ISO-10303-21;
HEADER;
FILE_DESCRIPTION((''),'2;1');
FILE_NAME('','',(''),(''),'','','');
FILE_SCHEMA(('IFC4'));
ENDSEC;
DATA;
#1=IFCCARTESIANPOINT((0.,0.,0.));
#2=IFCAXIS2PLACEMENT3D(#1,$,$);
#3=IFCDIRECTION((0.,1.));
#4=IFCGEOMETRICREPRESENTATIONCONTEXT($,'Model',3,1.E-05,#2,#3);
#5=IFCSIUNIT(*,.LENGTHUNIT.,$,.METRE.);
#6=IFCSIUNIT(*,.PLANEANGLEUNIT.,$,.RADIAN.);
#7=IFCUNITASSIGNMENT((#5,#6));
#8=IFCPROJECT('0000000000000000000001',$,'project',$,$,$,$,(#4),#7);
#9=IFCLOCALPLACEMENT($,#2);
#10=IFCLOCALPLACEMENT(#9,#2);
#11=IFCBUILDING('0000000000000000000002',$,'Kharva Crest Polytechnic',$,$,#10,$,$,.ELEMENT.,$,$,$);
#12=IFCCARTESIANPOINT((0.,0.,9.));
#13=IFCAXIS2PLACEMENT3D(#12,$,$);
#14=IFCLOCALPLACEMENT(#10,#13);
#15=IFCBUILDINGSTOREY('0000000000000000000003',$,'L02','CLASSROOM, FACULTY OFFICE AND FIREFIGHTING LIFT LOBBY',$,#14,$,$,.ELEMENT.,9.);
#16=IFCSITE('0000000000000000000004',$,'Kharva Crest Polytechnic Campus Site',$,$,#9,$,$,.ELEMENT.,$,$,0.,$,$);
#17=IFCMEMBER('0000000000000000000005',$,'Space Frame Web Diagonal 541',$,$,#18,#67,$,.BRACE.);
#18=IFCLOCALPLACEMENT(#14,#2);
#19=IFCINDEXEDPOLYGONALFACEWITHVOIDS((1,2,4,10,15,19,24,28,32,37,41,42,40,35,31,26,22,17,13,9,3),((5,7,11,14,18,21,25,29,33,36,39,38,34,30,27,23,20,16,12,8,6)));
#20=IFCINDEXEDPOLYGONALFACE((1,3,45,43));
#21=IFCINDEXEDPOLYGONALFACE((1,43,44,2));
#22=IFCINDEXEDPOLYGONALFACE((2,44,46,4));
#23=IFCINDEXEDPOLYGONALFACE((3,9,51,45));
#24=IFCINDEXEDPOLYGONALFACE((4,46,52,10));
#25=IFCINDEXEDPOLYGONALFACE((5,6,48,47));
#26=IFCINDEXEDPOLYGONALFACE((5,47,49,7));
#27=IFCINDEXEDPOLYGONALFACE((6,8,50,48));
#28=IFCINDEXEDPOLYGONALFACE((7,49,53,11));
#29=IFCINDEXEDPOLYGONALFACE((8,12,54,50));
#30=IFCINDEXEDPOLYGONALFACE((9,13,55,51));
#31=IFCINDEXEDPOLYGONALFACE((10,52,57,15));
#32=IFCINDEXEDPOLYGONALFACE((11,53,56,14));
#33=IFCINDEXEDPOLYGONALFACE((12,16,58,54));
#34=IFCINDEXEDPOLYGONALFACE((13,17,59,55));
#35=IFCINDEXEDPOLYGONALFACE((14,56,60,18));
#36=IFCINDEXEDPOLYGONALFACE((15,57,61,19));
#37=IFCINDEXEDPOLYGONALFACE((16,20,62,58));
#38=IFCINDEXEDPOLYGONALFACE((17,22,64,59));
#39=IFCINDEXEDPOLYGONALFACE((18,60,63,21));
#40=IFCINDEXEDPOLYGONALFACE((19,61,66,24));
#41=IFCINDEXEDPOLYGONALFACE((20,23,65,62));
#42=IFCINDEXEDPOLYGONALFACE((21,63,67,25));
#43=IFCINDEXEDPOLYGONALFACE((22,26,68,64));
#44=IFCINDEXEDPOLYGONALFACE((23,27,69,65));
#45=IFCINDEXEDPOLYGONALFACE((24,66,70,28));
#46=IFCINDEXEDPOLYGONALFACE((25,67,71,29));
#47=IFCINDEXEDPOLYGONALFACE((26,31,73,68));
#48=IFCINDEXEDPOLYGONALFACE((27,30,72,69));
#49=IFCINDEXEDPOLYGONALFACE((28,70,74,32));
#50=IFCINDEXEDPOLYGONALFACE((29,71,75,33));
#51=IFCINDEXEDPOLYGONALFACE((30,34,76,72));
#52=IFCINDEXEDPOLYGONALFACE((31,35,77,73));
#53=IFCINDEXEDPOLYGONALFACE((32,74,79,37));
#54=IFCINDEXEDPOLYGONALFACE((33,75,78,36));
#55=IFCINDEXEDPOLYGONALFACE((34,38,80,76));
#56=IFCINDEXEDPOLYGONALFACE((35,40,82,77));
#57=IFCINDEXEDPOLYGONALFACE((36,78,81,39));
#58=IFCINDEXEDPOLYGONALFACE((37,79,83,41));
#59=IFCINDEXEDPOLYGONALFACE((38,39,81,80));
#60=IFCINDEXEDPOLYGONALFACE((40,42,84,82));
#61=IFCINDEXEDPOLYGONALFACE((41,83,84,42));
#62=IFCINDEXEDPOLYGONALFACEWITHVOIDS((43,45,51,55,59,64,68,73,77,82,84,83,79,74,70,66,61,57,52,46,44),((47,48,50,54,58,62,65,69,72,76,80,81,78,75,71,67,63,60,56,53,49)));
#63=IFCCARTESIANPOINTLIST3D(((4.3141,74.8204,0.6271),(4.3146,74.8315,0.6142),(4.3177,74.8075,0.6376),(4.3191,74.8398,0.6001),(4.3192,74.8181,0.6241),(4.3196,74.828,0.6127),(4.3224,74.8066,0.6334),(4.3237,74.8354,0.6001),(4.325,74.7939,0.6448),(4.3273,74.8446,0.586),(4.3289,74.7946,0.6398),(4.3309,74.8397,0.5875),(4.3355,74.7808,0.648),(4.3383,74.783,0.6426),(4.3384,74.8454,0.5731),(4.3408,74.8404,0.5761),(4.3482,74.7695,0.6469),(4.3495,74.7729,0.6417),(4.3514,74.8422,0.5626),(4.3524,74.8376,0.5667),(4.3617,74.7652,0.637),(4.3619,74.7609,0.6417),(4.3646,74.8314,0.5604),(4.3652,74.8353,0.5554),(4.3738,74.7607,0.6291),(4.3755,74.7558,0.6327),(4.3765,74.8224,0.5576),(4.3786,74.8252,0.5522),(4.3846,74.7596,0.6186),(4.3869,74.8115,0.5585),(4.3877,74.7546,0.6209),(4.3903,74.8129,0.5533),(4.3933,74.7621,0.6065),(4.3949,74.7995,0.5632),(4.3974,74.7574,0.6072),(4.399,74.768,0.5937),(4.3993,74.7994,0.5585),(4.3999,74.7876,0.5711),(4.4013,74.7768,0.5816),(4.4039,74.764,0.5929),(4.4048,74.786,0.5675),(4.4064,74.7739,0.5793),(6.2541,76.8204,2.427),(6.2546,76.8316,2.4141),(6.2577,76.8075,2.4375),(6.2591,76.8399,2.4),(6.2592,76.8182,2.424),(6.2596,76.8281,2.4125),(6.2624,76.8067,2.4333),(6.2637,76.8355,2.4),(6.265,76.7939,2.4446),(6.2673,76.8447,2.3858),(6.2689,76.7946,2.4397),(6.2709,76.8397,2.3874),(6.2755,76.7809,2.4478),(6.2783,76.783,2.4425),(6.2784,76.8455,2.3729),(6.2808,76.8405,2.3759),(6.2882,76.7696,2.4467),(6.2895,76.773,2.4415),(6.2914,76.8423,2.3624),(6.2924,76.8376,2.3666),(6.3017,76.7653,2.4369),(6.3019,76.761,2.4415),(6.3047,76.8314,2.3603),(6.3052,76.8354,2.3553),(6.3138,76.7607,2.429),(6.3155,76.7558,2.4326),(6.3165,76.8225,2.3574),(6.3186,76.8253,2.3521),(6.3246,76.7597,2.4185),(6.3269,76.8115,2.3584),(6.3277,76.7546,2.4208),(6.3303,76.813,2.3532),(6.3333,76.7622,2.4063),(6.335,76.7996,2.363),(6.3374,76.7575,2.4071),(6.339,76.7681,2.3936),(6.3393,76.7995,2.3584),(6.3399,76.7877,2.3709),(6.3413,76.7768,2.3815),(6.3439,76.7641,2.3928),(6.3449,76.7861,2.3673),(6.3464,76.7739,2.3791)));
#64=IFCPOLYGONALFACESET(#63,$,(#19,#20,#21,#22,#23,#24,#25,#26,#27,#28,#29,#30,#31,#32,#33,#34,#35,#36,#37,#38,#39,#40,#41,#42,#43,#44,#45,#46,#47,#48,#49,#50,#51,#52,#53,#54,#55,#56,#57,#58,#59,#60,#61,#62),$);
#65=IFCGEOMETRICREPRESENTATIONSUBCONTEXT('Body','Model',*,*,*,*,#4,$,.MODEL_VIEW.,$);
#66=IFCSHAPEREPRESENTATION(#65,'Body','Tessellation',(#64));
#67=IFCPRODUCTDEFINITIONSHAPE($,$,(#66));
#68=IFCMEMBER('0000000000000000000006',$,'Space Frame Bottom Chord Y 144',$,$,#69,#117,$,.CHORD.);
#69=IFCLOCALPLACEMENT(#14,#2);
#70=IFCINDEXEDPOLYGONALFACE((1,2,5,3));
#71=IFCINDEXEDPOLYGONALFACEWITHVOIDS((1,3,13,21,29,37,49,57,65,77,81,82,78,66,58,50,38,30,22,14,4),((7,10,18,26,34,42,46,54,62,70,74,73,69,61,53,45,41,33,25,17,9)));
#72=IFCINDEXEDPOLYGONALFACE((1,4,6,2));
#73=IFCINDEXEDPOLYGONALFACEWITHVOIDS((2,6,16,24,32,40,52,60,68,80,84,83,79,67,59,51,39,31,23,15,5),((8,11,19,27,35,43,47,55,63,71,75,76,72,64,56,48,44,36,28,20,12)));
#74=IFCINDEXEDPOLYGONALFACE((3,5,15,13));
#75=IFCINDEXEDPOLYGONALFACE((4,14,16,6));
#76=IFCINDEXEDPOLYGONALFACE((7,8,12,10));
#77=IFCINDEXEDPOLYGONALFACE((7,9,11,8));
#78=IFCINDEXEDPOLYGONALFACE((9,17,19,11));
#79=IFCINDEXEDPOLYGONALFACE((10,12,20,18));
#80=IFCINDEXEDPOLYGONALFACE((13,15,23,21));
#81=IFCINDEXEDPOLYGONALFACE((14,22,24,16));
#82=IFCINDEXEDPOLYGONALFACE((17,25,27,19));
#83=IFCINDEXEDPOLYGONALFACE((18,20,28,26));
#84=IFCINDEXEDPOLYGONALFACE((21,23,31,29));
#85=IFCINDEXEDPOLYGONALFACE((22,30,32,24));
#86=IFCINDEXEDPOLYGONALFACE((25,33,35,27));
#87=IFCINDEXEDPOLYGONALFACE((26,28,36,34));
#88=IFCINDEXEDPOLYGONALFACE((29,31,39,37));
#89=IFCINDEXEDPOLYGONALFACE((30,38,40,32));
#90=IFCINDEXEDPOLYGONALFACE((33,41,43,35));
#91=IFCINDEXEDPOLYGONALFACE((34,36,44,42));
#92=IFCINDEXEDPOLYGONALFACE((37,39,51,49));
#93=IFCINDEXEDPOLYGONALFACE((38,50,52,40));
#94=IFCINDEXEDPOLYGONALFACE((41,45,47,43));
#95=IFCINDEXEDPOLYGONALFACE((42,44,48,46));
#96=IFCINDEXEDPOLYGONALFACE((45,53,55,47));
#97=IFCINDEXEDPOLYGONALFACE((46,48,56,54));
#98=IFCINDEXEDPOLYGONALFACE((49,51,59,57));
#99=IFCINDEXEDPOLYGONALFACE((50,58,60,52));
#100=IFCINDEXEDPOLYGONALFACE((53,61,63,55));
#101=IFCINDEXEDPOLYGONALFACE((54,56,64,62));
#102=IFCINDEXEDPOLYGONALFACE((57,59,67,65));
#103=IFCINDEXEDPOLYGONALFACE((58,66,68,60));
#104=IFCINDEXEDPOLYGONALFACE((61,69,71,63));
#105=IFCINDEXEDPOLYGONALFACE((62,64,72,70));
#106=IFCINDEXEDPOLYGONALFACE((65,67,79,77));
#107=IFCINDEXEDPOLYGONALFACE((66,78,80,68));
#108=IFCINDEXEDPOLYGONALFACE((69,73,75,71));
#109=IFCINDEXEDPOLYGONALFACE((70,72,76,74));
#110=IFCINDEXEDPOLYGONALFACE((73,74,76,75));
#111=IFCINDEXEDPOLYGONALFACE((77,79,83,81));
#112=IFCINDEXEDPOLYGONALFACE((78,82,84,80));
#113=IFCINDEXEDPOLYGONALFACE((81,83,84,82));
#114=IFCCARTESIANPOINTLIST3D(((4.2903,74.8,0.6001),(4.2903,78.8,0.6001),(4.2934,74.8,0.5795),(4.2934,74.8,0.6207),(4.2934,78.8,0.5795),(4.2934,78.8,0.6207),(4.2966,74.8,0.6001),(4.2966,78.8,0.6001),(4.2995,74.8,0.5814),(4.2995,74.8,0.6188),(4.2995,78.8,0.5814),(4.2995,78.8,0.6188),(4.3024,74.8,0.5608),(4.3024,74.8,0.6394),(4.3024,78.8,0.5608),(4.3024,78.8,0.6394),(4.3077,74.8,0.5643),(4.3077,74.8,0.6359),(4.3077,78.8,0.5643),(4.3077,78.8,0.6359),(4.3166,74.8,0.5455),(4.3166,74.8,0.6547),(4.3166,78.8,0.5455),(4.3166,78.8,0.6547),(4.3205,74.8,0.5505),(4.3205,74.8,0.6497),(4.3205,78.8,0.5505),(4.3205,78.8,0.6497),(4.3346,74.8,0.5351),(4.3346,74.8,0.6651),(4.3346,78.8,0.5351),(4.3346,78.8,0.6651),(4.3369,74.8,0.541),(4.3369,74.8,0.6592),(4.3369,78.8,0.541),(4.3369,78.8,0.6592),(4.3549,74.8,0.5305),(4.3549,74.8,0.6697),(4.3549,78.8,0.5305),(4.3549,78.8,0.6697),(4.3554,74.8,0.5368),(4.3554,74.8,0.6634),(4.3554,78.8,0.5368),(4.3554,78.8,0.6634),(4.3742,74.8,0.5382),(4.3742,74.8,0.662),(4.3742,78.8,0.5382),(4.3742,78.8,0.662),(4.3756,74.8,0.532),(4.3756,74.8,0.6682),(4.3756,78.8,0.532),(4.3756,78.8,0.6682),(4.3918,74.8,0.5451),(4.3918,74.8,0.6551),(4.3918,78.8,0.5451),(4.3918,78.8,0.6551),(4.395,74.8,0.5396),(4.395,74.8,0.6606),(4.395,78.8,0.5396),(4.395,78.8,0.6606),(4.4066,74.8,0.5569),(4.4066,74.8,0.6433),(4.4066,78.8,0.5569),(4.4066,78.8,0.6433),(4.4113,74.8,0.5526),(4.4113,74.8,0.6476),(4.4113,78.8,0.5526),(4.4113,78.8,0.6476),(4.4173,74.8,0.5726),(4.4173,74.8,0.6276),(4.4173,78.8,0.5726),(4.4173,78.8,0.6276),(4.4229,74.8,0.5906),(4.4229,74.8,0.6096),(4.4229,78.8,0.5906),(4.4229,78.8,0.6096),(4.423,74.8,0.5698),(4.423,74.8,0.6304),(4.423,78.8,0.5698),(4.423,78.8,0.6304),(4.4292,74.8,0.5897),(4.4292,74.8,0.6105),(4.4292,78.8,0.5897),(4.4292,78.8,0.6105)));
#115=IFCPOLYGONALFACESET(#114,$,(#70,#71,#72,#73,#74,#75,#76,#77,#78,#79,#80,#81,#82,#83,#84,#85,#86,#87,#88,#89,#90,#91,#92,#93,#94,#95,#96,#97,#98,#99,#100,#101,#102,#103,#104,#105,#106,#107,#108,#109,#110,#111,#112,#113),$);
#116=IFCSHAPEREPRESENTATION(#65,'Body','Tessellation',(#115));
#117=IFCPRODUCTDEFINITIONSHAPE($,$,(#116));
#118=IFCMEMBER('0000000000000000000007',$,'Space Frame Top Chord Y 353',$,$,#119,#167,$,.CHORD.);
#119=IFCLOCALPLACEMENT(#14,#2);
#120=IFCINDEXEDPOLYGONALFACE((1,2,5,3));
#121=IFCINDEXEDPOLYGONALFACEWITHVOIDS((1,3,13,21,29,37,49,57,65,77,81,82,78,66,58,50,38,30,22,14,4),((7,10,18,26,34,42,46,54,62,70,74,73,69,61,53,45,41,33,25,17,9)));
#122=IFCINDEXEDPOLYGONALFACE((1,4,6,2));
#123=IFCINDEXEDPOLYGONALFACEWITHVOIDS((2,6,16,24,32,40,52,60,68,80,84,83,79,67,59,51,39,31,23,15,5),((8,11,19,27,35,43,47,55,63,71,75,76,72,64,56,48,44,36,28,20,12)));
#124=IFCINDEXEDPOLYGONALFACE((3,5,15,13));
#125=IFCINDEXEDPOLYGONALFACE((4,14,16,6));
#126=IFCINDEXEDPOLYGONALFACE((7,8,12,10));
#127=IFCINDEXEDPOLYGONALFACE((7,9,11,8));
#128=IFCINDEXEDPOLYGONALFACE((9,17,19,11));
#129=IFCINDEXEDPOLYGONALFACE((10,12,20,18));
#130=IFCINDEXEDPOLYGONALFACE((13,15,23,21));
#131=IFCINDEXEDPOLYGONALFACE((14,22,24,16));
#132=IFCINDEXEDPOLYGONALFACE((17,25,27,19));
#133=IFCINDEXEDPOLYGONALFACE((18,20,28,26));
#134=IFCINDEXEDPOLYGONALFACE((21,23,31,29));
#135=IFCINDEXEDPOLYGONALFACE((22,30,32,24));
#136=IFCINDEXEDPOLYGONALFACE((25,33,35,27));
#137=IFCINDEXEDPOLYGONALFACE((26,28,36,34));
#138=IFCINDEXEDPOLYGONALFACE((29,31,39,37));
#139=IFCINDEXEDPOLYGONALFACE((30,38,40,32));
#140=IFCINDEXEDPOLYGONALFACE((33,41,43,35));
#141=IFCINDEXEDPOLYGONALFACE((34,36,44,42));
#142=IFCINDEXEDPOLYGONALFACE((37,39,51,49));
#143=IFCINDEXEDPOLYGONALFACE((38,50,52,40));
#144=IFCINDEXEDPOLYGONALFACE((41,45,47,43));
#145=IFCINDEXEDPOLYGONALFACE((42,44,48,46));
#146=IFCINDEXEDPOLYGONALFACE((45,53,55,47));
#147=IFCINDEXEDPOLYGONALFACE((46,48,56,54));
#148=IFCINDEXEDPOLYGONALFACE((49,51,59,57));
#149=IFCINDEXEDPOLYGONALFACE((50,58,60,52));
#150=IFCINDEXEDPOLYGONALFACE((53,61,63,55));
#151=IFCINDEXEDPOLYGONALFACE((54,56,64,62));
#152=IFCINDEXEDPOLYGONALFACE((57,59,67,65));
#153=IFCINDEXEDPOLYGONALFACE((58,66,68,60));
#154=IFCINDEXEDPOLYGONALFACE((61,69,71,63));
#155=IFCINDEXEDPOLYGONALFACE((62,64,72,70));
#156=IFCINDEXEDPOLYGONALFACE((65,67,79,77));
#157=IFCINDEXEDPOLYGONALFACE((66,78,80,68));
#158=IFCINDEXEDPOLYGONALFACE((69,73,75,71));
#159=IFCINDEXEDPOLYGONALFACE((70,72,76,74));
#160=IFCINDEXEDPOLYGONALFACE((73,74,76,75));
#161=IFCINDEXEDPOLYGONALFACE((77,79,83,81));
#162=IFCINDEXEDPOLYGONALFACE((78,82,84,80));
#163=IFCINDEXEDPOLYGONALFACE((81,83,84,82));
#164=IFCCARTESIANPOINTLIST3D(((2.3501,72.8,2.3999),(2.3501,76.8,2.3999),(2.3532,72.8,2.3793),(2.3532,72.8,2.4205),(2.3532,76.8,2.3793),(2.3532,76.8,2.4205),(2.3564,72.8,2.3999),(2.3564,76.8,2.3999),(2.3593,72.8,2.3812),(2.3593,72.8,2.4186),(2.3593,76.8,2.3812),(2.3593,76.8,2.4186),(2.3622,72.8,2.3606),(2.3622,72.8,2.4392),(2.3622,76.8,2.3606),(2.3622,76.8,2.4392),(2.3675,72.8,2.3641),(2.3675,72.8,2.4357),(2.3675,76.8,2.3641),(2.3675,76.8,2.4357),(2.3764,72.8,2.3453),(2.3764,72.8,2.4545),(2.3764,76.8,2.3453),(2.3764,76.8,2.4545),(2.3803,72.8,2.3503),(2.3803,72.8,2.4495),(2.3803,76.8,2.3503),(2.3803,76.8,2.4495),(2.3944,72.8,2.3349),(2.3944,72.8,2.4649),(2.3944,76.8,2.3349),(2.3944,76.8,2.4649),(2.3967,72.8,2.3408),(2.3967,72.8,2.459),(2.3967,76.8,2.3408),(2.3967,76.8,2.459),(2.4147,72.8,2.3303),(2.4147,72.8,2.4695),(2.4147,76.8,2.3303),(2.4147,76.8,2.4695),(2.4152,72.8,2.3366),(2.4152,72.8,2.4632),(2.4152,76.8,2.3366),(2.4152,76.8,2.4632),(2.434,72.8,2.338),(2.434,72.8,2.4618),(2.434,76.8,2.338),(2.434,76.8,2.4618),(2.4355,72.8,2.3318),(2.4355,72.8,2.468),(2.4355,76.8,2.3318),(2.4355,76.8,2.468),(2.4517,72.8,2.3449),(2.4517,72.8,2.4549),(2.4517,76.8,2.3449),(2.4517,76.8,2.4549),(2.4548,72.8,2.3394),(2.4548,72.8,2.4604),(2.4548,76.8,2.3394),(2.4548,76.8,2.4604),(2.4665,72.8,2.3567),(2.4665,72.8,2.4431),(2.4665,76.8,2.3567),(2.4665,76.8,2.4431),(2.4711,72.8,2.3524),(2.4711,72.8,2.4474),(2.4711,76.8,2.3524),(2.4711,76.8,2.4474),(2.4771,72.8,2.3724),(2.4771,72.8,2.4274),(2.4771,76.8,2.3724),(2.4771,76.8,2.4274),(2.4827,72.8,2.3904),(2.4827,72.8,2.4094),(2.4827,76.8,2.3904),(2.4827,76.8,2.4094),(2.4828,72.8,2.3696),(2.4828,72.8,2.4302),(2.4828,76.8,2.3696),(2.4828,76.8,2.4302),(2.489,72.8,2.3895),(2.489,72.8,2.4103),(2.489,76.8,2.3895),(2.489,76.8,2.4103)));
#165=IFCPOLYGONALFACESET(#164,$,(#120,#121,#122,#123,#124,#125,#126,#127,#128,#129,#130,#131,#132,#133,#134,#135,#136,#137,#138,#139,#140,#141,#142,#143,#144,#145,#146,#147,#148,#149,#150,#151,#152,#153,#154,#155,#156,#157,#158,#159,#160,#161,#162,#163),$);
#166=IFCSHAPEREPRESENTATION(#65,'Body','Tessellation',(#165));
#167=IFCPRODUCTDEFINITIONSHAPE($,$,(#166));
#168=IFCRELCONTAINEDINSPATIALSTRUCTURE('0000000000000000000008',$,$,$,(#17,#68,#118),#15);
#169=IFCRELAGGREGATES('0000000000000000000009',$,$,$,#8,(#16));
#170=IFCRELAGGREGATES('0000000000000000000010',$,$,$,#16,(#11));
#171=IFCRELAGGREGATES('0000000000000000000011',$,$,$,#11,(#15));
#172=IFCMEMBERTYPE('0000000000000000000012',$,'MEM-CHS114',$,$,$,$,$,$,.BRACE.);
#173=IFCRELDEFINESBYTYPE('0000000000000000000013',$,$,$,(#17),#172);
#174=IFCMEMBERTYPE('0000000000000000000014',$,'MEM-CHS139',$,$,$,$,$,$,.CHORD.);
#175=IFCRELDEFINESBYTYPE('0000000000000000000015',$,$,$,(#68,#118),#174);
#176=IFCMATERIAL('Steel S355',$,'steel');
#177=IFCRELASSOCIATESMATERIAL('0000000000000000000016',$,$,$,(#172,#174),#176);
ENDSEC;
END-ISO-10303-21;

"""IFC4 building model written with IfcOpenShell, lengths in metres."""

from ifc_helpers import new_model, si_unit, direction, frame, origin, origin_2d, place, context, subcontext, project, spatial, hollow_circle, extrude, material, material_profile, profile_set, type_object, element, save


model = new_model("IFC4")

# Units and contexts
model_context = context("Model", 3, precision=1e-05, world=origin(), true_north=direction((0.0, 1.0)))
body_context = subcontext(model_context, "Body", "Model", "MODEL_VIEW")
ifc_project = project(units=[si_unit("LENGTHUNIT", "METRE"), si_unit("PLANEANGLEUNIT", "RADIAN")], contexts=[model_context])

# Site, building, storey
site_placement = place(None, origin())
site = spatial("IfcSite", under=ifc_project, at=site_placement, Name="Kharva Crest Polytechnic Campus Site", CompositionType="ELEMENT", RefElevation=0.0)
building_placement = place(site_placement, origin())
building = spatial("IfcBuilding", under=site, at=building_placement, Name="Kharva Crest Polytechnic", CompositionType="ELEMENT")
storey_placement = place(building_placement, frame((0.0, 0.0, 9.0)))
storey = spatial("IfcBuildingStorey", under=building, at=storey_placement, Name="L02", Description="CLASSROOM, FACULTY OFFICE AND FIREFIGHTING LIFT LOBBY", CompositionType="ELEMENT", Elevation=9.0)

# Shared definitions
ifc_material_1 = material(Name="Steel S355", Category="steel")

# Members
ifc_material_profile_1 = material_profile(ifc_material_1, hollow_circle(Radius=0.0571, WallThickness=0.0063, at=origin_2d()), Name="CHS 114.3X6.3")
ifc_profile_set_1 = profile_set([ifc_material_profile_1], Name="Steel S355")
member_type_1 = type_object("IfcMemberType", Name="MEM-CHS114", PredefinedType="BRACE", material=ifc_profile_set_1)
for number, where, z_axis, x_axis, name in (
    (1, (4.3601, 74.8, 0.6001), (0.584843, 0.60295, 0.542596), (-0.717802, 0.696247, 0.0), "Space Frame Web Diagonal 541"),
):
    element("IfcMember", number, at=place(storey_placement, frame(where, z_axis=z_axis, x_axis=x_axis)), inside=storey, type_object=member_type_1, Name=name, PredefinedType="BRACE", context=body_context, shape_type="SweptSolid", body=[
        extrude(hollow_circle(Radius=0.0571, WallThickness=0.0063, at=origin_2d()), origin(), (0.0, 0.0, 1.0), 3.3171),
    ])
ifc_material_profile_2 = material_profile(ifc_material_1, hollow_circle(Radius=0.0698, WallThickness=0.0063, at=origin_2d()), Name="CHS 139.7X6.3")
ifc_profile_set_2 = profile_set([ifc_material_profile_2], Name="Steel S355")
member_type_2 = type_object("IfcMemberType", Name="MEM-CHS139", PredefinedType="CHORD", material=ifc_profile_set_2)
for number, where, z_axis, x_axis, name in (
    (2, (4.3601, 74.8, 0.6001), (0.0, 1.0, 0.0), (-1.0, 0.0, 0.0), "Space Frame Bottom Chord Y 144"),
    (3, (2.4199, 72.8, 2.3999), (0.0, 1.0, 0.0), (-1.0, 0.0, 0.0), "Space Frame Top Chord Y 353"),
):
    element("IfcMember", number, at=place(storey_placement, frame(where, z_axis=z_axis, x_axis=x_axis)), inside=storey, type_object=member_type_2, Name=name, PredefinedType="CHORD", context=body_context, shape_type="SweptSolid", body=[
        extrude(hollow_circle(Radius=0.0698, WallThickness=0.0063, at=origin_2d()), origin(), (0.0, 0.0, 1.0), 4.0),
    ])

save(model, "model.ifc")
